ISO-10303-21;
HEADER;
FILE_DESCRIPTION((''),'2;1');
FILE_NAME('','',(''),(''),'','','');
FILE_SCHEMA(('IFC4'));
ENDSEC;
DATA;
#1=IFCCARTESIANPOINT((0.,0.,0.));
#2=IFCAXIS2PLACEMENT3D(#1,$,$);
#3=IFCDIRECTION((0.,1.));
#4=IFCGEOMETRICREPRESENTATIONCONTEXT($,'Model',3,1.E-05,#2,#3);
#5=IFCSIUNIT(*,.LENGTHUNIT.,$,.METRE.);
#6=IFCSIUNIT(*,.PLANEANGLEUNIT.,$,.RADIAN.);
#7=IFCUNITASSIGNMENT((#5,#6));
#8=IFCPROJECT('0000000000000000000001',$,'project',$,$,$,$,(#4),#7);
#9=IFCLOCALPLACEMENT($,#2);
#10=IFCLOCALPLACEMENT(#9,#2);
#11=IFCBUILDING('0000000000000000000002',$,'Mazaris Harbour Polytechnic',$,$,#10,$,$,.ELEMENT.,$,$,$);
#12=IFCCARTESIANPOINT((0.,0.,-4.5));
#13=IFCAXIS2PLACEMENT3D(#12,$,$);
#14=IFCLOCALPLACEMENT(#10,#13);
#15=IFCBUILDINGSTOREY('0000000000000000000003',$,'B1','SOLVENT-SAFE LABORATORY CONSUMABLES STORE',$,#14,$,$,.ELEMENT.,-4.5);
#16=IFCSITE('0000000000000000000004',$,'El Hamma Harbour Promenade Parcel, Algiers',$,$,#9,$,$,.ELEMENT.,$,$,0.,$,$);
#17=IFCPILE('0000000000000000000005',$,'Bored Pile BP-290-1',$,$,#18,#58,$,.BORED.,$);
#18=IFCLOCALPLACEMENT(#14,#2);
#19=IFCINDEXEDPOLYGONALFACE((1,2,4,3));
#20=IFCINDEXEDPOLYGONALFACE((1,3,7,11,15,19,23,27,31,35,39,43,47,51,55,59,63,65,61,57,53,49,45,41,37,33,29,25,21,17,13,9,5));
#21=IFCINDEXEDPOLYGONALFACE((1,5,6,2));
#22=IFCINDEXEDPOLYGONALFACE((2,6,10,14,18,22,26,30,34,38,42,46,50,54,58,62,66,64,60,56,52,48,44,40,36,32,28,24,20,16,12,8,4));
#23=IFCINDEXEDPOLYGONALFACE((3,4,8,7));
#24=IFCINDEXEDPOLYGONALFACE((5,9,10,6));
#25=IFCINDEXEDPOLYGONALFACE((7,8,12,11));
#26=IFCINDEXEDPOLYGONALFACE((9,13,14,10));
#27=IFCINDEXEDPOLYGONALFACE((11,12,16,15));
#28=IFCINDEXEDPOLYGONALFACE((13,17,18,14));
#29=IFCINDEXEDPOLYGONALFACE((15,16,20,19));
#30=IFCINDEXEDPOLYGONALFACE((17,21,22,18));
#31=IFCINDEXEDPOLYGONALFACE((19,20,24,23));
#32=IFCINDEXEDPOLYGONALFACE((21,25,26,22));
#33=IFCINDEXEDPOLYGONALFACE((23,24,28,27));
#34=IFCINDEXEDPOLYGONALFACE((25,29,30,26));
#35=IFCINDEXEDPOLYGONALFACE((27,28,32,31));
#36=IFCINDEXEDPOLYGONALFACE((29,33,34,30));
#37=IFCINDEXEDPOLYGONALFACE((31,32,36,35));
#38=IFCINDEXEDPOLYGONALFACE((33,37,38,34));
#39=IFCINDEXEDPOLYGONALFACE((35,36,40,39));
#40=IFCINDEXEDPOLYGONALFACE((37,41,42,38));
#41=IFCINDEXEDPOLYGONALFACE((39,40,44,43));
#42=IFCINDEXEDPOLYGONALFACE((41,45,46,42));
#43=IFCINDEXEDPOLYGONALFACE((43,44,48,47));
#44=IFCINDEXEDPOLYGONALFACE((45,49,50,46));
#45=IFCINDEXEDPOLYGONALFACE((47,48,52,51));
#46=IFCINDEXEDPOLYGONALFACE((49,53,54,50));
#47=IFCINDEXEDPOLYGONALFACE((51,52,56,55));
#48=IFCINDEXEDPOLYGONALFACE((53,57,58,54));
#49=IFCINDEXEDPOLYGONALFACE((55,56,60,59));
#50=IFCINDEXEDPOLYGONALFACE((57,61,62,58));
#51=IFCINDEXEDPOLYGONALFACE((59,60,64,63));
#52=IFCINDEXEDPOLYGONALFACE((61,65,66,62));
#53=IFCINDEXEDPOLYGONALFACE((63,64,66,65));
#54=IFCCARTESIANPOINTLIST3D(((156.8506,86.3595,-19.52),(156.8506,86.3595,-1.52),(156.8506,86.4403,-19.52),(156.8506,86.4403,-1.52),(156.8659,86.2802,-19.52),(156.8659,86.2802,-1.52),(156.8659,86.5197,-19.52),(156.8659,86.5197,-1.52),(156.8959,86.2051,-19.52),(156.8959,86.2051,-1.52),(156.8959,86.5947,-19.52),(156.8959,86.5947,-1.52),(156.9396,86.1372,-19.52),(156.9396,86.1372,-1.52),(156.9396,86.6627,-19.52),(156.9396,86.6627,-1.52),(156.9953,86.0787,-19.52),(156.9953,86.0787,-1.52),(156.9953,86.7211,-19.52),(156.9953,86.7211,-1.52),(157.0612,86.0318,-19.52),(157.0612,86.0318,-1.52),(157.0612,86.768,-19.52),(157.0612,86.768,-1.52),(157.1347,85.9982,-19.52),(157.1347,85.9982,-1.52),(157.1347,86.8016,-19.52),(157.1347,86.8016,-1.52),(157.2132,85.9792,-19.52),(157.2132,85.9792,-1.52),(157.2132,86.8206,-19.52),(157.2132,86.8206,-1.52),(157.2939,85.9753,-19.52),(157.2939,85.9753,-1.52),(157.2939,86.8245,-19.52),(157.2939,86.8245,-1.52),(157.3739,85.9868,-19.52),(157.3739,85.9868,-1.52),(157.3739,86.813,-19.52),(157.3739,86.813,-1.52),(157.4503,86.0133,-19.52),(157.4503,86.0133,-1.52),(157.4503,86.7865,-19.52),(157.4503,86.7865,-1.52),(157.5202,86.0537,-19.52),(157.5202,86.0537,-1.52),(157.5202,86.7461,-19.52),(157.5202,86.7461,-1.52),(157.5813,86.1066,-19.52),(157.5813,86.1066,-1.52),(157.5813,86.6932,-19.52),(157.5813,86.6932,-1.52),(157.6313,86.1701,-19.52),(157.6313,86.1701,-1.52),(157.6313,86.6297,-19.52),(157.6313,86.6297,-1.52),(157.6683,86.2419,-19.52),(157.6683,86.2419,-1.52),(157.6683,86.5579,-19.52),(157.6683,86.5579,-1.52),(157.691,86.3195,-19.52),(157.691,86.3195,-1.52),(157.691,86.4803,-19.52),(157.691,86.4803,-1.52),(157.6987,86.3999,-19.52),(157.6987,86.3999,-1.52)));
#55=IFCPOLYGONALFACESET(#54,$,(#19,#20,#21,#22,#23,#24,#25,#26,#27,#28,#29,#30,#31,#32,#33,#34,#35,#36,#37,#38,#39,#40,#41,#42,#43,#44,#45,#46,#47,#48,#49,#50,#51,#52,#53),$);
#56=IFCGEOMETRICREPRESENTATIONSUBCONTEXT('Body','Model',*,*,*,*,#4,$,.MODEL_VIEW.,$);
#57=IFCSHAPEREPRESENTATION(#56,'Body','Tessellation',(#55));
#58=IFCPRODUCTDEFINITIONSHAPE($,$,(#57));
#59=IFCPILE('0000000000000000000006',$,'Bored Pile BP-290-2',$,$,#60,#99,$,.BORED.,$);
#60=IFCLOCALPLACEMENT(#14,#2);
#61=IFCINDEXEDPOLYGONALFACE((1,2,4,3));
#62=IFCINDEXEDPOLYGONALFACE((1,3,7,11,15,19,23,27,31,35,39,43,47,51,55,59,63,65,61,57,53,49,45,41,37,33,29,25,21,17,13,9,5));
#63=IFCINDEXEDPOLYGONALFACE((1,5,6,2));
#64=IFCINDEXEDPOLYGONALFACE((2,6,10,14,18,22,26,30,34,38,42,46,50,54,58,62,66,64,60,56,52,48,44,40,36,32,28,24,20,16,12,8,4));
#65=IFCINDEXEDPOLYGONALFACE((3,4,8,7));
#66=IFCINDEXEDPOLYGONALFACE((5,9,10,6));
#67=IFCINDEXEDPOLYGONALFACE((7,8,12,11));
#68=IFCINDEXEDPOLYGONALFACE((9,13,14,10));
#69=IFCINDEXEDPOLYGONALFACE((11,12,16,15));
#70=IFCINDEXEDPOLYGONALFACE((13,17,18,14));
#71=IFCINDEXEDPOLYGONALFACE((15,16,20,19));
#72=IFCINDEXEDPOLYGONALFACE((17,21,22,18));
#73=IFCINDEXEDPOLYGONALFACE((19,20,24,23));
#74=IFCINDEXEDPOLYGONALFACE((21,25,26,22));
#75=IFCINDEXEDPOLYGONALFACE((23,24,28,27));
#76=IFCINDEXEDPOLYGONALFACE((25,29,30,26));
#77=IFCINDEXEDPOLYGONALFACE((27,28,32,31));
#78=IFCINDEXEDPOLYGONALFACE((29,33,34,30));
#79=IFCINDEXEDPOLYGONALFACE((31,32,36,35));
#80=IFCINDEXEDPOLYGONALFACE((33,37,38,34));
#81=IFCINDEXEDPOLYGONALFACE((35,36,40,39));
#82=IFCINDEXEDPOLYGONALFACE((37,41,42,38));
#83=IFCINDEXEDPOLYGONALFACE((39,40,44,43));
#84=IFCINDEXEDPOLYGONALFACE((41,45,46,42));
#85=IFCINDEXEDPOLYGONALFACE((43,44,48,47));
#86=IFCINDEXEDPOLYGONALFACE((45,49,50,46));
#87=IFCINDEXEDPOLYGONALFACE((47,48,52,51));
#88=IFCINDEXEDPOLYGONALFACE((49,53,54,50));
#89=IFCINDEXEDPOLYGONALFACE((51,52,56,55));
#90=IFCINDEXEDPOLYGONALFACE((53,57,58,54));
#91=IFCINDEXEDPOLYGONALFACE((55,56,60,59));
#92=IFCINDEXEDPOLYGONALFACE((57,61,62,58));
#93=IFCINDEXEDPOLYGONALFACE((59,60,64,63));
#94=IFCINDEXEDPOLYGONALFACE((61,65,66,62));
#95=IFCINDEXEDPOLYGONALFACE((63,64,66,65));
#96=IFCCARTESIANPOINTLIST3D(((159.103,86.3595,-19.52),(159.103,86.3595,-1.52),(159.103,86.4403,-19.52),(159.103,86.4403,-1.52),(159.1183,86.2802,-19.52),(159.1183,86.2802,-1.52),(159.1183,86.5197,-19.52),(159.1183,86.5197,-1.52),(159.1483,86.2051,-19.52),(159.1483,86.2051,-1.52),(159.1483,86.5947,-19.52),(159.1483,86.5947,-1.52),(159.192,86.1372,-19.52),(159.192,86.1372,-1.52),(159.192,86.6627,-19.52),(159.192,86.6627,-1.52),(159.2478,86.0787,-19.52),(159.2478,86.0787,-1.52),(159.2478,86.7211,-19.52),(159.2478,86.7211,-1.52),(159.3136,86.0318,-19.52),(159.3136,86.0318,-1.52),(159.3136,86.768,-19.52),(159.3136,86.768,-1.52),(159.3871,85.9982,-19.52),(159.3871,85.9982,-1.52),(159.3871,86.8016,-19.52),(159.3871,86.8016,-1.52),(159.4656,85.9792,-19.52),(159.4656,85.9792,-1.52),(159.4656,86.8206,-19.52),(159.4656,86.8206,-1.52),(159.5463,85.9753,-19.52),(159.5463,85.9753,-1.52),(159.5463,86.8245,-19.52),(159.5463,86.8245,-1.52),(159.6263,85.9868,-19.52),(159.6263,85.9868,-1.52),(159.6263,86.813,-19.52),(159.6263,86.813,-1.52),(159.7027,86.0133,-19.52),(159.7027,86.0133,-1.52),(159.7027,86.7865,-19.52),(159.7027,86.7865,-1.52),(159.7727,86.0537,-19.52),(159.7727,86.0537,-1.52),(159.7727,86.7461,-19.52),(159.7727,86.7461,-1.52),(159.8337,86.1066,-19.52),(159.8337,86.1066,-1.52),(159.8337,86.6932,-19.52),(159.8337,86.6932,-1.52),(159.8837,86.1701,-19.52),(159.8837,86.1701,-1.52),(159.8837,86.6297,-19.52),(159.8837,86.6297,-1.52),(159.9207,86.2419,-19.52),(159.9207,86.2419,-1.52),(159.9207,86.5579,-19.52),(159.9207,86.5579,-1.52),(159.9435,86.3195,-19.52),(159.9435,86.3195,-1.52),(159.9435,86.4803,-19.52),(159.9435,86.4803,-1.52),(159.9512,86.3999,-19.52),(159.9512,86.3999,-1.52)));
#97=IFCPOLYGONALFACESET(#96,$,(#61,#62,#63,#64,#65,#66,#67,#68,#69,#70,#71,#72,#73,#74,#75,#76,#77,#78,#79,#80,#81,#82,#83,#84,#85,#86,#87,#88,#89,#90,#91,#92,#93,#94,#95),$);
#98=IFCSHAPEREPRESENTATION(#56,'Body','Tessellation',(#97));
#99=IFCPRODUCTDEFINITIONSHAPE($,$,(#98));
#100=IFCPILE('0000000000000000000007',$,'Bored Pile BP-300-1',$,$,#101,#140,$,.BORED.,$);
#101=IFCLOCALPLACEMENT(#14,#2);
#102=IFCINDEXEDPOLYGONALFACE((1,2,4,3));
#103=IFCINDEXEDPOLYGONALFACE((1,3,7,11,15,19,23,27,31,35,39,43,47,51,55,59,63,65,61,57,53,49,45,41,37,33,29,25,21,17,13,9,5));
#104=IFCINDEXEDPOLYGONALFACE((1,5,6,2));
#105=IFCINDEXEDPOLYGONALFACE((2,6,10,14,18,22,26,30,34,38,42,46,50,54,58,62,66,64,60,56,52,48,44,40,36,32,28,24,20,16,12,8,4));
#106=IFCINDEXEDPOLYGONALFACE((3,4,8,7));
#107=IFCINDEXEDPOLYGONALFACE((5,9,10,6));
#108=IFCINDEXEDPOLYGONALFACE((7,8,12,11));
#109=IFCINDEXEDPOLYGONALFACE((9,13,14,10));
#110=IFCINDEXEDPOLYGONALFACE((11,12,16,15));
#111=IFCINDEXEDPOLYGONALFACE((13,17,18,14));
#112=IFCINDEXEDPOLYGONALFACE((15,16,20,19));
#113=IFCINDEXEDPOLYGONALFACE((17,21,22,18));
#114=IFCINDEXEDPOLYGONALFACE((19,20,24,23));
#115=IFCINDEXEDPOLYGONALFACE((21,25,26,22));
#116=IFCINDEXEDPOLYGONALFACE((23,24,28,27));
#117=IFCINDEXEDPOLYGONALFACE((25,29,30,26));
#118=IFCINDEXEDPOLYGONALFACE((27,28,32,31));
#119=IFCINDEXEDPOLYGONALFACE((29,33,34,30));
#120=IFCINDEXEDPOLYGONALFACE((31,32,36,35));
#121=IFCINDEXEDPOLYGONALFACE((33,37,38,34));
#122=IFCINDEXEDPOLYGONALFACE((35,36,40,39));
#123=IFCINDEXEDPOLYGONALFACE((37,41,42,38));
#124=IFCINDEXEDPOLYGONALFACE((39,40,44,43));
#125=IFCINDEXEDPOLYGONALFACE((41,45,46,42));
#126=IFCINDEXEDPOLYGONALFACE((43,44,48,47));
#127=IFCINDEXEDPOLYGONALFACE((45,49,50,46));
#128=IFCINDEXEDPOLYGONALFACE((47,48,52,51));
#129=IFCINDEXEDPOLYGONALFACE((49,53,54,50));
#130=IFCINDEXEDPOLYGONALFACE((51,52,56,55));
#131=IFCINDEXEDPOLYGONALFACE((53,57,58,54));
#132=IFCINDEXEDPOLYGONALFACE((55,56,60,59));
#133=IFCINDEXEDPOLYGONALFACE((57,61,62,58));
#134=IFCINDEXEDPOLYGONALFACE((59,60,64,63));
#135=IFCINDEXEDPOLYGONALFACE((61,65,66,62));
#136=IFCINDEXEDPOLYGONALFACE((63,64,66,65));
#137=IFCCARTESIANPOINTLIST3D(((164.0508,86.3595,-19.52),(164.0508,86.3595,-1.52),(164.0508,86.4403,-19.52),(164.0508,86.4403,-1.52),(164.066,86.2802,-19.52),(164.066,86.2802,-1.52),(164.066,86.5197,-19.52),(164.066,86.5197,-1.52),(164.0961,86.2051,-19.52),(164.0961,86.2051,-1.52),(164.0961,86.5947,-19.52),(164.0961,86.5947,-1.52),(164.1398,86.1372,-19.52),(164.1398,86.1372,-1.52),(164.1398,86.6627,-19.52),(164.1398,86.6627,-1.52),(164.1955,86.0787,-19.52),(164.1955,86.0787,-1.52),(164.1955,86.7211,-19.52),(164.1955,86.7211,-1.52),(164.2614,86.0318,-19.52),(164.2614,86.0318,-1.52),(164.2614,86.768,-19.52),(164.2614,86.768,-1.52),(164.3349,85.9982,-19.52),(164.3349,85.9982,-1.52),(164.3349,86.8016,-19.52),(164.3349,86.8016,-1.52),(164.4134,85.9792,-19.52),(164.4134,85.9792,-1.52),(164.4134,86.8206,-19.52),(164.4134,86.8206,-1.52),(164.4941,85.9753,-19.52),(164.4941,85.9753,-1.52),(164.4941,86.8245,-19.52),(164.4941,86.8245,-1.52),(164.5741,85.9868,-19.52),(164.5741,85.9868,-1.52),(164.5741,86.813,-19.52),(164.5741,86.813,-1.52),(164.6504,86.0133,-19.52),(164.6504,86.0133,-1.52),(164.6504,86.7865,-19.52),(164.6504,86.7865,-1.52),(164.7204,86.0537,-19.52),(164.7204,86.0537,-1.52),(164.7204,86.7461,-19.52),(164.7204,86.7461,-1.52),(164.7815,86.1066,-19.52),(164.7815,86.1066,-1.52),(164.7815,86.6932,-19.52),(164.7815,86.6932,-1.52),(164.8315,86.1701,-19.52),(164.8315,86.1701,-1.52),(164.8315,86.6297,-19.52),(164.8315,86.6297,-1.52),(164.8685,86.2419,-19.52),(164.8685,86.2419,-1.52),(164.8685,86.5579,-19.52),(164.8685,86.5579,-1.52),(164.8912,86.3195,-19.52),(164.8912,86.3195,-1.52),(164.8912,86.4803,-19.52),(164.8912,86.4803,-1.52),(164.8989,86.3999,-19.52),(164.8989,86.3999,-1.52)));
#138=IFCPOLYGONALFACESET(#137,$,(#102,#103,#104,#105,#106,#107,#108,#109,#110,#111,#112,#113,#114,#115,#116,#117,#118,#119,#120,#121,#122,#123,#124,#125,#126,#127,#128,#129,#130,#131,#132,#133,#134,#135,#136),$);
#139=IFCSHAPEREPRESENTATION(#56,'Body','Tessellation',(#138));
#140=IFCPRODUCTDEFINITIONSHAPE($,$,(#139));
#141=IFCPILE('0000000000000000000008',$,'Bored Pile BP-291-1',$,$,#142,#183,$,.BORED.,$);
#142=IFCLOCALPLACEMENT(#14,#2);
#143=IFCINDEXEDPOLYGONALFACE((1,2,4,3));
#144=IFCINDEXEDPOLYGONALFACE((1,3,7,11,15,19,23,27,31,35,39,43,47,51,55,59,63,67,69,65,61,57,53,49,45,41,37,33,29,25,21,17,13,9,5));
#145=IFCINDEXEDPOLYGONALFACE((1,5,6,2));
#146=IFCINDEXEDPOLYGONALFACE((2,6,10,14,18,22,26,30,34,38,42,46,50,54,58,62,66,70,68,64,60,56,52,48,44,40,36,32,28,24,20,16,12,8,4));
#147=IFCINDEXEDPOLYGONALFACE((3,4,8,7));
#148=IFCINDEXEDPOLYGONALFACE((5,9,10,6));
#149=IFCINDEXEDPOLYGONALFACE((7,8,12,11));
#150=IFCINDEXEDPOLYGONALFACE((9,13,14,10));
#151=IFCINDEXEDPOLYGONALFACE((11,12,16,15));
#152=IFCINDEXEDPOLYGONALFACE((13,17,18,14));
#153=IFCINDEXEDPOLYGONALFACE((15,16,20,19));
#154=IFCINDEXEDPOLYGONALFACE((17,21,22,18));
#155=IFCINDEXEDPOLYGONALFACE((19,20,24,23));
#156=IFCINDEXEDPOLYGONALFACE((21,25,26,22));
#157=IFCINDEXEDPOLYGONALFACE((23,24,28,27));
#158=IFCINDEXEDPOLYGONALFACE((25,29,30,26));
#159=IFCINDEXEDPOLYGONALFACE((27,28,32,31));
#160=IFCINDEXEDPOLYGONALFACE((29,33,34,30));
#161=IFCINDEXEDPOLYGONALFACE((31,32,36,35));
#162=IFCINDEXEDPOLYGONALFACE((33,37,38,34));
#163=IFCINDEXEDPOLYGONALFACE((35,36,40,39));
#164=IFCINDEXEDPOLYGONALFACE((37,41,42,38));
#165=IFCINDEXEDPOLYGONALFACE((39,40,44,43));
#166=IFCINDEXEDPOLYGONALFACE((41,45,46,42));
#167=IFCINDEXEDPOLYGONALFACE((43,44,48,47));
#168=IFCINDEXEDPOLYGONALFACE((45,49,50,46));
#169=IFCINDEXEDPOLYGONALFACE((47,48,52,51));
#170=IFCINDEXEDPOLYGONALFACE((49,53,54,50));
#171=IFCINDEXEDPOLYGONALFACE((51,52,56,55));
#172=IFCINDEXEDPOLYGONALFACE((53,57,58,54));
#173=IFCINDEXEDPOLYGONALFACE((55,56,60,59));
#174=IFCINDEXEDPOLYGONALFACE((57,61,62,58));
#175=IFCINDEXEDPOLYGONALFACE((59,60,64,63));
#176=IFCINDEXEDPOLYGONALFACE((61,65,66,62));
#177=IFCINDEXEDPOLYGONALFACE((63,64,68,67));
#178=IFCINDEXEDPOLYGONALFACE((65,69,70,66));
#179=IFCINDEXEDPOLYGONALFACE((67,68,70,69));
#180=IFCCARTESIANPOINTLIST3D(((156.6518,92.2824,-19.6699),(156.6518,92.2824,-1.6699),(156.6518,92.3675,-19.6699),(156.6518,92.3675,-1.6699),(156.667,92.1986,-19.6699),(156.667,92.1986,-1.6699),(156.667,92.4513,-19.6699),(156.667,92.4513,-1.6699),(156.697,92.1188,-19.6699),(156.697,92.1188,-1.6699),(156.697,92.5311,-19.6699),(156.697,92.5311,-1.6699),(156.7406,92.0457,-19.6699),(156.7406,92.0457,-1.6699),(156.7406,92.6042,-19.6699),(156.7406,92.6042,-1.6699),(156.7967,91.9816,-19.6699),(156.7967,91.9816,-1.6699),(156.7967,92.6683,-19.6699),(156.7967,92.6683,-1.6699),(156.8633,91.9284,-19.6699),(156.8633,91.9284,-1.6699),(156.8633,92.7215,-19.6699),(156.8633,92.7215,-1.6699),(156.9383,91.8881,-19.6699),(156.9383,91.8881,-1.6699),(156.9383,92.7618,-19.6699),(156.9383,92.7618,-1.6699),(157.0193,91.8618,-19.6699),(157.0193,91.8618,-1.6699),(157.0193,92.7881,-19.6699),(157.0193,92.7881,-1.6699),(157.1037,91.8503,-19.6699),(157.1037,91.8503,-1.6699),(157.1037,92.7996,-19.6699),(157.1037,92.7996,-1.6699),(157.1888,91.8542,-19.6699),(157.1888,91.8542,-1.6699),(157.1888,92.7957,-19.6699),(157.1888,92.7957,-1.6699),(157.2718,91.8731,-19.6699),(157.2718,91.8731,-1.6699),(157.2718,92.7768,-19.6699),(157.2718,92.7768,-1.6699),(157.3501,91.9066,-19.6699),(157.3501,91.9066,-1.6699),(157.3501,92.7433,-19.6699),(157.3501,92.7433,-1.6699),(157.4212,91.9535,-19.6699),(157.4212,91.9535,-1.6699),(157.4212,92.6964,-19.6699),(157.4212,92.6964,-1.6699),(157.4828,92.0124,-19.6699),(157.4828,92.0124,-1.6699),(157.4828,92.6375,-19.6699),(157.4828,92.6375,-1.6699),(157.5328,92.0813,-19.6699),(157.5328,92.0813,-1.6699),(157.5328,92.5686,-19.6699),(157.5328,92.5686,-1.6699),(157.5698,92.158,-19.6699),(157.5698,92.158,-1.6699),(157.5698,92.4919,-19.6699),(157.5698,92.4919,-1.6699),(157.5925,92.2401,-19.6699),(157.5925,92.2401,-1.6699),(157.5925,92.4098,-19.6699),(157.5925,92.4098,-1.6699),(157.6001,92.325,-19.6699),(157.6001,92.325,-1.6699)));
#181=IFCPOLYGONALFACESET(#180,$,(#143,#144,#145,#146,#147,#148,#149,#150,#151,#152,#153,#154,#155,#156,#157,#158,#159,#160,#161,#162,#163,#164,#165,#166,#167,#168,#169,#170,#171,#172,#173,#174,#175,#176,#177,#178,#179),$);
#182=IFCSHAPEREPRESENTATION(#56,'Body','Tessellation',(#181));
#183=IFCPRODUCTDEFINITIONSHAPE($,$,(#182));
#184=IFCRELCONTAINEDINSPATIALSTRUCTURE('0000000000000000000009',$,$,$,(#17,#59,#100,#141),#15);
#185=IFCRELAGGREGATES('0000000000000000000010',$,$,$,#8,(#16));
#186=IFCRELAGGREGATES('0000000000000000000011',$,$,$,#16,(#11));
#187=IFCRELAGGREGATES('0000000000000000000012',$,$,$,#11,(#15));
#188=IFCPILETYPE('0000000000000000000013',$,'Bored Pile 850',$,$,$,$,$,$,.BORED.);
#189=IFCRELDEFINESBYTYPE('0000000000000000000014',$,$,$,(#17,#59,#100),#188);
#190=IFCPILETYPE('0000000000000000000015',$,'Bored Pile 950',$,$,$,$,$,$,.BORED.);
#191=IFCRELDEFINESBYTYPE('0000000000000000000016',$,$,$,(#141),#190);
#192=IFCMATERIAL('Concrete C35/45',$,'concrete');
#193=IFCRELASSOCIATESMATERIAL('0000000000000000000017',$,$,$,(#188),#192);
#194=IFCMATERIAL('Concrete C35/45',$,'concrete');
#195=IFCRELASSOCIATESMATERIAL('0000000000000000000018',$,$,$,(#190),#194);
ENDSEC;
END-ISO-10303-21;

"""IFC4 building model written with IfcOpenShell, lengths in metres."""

from ifc_helpers import new_model, si_unit, direction, frame, origin, origin_2d, place, context, subcontext, project, spatial, circle, extrude, material, material_profile, profile_set, type_object, element, save


model = new_model("IFC4")

# Units and contexts
model_context = context("Model", 3, precision=1e-05, world=origin(), true_north=direction((0.0, 1.0)))
body_context = subcontext(model_context, "Body", "Model", "MODEL_VIEW")
ifc_project = project(units=[si_unit("LENGTHUNIT", "METRE"), si_unit("PLANEANGLEUNIT", "RADIAN")], contexts=[model_context])

# Site, building, storey
site_placement = place(None, origin())
site = spatial("IfcSite", under=ifc_project, at=site_placement, Name="El Hamma Harbour Promenade Parcel, Algiers", CompositionType="ELEMENT", RefElevation=0.0)
building_placement = place(site_placement, origin())
building = spatial("IfcBuilding", under=site, at=building_placement, Name="Mazaris Harbour Polytechnic", CompositionType="ELEMENT")
storey_placement = place(building_placement, frame((0.0, 0.0, -4.5)))
storey = spatial("IfcBuildingStorey", under=building, at=storey_placement, Name="B1", Description="SOLVENT-SAFE LABORATORY CONSUMABLES STORE", CompositionType="ELEMENT", Elevation=-4.5)

# Piles
ifc_material_1 = material(Name="Concrete C35/45", Category="concrete")
ifc_material_profile_1 = material_profile(ifc_material_1, circle(Radius=0.425, at=origin_2d()), Name="DIA850")
ifc_profile_set_1 = profile_set([ifc_material_profile_1], Name="Concrete C35/45")
pile_type_1 = type_object("IfcPileType", Name="Bored Pile 850", PredefinedType="BORED", material=ifc_profile_set_1)
for number, where, z_axis, x_axis, name in (
    (1, (157.2737, 86.3999, -1.52), (0.0, 0.0, -1.0), (1.0, 0.0, 0.0), "Bored Pile BP-290-1"),
    (2, (159.5261, 86.3999, -1.52), (0.0, 0.0, -1.0), (1.0, 0.0, 0.0), "Bored Pile BP-290-2"),
    (3, (164.4739, 86.3999, -1.52), (0.0, 0.0, -1.0), (1.0, 0.0, 0.0), "Bored Pile BP-300-1"),
):
    element("IfcPile", number, at=place(storey_placement, frame(where, z_axis=z_axis, x_axis=x_axis)), inside=storey, type_object=pile_type_1, Name=name, PredefinedType="BORED", context=body_context, shape_type="SweptSolid", body=[
        extrude(circle(Radius=0.425, at=origin_2d()), origin(), (0.0, 0.0, 1.0), 18.0),
    ])
ifc_material_2 = material(Name="Concrete C35/45", Category="concrete")
ifc_material_profile_2 = material_profile(ifc_material_2, circle(Radius=0.4751, at=origin_2d()), Name="DIA950")
ifc_profile_set_2 = profile_set([ifc_material_profile_2], Name="Concrete C35/45")
pile_type_2 = type_object("IfcPileType", Name="Bored Pile 950", PredefinedType="BORED", material=ifc_profile_set_2)
for number, where, z_axis, x_axis, name in (
    (4, (157.125, 92.325, -1.6699), (0.0, 0.0, -1.0), (1.0, 0.0, 0.0), "Bored Pile BP-291-1"),
):
    element("IfcPile", number, at=place(storey_placement, frame(where, z_axis=z_axis, x_axis=x_axis)), inside=storey, type_object=pile_type_2, Name=name, PredefinedType="BORED", context=body_context, shape_type="SweptSolid", body=[
        extrude(circle(Radius=0.4751, at=origin_2d()), origin(), (0.0, 0.0, 1.0), 18.0),
    ])

save(model, "model.ifc")
